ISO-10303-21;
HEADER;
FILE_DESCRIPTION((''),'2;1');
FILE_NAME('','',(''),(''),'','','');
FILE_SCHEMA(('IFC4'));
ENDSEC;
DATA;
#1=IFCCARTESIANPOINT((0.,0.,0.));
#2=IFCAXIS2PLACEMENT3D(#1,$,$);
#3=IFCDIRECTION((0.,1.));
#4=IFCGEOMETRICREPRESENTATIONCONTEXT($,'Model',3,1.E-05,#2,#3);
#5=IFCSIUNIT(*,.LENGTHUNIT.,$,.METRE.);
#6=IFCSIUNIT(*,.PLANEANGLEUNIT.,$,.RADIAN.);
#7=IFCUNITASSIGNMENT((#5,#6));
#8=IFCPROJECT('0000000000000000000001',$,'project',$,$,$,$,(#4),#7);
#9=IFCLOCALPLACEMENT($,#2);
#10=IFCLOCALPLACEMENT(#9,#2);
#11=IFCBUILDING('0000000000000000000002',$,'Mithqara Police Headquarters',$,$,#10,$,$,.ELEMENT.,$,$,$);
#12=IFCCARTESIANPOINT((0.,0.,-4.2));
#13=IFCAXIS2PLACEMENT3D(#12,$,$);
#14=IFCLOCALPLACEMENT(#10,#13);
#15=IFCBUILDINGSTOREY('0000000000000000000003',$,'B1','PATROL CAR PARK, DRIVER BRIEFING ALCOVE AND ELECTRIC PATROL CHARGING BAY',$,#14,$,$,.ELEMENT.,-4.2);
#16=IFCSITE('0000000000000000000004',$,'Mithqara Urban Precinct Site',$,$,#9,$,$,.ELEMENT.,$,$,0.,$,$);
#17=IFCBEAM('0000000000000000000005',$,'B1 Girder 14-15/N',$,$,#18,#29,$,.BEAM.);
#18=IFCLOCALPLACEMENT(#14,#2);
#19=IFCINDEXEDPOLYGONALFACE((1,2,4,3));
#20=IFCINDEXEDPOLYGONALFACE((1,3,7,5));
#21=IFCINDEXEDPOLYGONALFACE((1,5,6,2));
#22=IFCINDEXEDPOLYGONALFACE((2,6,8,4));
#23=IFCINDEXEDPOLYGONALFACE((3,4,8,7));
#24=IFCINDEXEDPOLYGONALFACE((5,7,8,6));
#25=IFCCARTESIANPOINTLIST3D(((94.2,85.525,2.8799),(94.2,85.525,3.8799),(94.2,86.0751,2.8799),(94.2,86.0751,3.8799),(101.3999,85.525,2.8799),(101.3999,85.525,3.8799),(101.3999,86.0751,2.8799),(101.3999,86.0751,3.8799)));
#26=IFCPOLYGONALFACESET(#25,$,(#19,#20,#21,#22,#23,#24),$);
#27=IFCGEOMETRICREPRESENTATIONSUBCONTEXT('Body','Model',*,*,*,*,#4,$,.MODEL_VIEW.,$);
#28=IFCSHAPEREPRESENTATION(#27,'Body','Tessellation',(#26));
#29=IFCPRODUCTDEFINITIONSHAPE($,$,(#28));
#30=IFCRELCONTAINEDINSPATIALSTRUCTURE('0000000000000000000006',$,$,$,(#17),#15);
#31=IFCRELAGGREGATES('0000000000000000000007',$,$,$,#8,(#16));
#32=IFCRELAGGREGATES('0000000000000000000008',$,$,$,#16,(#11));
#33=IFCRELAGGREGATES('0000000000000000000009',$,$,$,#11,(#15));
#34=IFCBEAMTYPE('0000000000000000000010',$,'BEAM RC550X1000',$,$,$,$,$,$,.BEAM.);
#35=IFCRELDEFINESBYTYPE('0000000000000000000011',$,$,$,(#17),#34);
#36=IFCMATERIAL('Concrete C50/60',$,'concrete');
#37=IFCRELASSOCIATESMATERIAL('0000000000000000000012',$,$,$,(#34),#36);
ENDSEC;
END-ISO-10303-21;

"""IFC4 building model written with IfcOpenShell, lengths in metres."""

from ifc_helpers import new_model, si_unit, direction, frame, origin, origin_2d, place, context, subcontext, project, spatial, rectangle, extrude, material, material_profile, profile_set, type_object, element, save


model = new_model("IFC4")

# Units and contexts
model_context = context("Model", 3, precision=1e-05, world=origin(), true_north=direction((0.0, 1.0)))
body_context = subcontext(model_context, "Body", "Model", "MODEL_VIEW")
ifc_project = project(units=[si_unit("LENGTHUNIT", "METRE"), si_unit("PLANEANGLEUNIT", "RADIAN")], contexts=[model_context])

# Site, building, storey
site_placement = place(None, origin())
site = spatial("IfcSite", under=ifc_project, at=site_placement, Name="Mithqara Urban Precinct Site", CompositionType="ELEMENT", RefElevation=0.0)
building_placement = place(site_placement, origin())
building = spatial("IfcBuilding", under=site, at=building_placement, Name="Mithqara Police Headquarters", CompositionType="ELEMENT")
storey_placement = place(building_placement, frame((0.0, 0.0, -4.2)))
storey = spatial("IfcBuildingStorey", under=building, at=storey_placement, Name="B1", Description="PATROL CAR PARK, DRIVER BRIEFING ALCOVE AND ELECTRIC PATROL CHARGING BAY", CompositionType="ELEMENT", Elevation=-4.2)

# Shared definitions
ifc_material_1 = material(Name="Concrete C50/60", Category="concrete")

# Beam
ifc_material_profile_1 = material_profile(ifc_material_1, rectangle(XDim=0.55, YDim=1.0, at=origin_2d()), Name="RC 550x1000")
ifc_profile_set_1 = profile_set([ifc_material_profile_1], Name="Concrete C50/60")
beam_type_1 = type_object("IfcBeamType", Name="BEAM RC550X1000", PredefinedType="BEAM", material=ifc_profile_set_1)
beam_1_placement = place(storey_placement, frame((94.2, 85.8, 3.3799), z_axis=(1.0, 0.0, 0.0), x_axis=(0.0, 1.0, 0.0)))
element("IfcBeam", 1, at=beam_1_placement, inside=storey, type_object=beam_type_1, Name="B1 Girder 14-15/N", PredefinedType="BEAM", context=body_context, shape_type="SweptSolid", body=[
    extrude(rectangle(XDim=0.55, YDim=1.0, at=origin_2d()), origin(), (0.0, 0.0, 1.0), 7.2),
])

save(model, "model.ifc")
